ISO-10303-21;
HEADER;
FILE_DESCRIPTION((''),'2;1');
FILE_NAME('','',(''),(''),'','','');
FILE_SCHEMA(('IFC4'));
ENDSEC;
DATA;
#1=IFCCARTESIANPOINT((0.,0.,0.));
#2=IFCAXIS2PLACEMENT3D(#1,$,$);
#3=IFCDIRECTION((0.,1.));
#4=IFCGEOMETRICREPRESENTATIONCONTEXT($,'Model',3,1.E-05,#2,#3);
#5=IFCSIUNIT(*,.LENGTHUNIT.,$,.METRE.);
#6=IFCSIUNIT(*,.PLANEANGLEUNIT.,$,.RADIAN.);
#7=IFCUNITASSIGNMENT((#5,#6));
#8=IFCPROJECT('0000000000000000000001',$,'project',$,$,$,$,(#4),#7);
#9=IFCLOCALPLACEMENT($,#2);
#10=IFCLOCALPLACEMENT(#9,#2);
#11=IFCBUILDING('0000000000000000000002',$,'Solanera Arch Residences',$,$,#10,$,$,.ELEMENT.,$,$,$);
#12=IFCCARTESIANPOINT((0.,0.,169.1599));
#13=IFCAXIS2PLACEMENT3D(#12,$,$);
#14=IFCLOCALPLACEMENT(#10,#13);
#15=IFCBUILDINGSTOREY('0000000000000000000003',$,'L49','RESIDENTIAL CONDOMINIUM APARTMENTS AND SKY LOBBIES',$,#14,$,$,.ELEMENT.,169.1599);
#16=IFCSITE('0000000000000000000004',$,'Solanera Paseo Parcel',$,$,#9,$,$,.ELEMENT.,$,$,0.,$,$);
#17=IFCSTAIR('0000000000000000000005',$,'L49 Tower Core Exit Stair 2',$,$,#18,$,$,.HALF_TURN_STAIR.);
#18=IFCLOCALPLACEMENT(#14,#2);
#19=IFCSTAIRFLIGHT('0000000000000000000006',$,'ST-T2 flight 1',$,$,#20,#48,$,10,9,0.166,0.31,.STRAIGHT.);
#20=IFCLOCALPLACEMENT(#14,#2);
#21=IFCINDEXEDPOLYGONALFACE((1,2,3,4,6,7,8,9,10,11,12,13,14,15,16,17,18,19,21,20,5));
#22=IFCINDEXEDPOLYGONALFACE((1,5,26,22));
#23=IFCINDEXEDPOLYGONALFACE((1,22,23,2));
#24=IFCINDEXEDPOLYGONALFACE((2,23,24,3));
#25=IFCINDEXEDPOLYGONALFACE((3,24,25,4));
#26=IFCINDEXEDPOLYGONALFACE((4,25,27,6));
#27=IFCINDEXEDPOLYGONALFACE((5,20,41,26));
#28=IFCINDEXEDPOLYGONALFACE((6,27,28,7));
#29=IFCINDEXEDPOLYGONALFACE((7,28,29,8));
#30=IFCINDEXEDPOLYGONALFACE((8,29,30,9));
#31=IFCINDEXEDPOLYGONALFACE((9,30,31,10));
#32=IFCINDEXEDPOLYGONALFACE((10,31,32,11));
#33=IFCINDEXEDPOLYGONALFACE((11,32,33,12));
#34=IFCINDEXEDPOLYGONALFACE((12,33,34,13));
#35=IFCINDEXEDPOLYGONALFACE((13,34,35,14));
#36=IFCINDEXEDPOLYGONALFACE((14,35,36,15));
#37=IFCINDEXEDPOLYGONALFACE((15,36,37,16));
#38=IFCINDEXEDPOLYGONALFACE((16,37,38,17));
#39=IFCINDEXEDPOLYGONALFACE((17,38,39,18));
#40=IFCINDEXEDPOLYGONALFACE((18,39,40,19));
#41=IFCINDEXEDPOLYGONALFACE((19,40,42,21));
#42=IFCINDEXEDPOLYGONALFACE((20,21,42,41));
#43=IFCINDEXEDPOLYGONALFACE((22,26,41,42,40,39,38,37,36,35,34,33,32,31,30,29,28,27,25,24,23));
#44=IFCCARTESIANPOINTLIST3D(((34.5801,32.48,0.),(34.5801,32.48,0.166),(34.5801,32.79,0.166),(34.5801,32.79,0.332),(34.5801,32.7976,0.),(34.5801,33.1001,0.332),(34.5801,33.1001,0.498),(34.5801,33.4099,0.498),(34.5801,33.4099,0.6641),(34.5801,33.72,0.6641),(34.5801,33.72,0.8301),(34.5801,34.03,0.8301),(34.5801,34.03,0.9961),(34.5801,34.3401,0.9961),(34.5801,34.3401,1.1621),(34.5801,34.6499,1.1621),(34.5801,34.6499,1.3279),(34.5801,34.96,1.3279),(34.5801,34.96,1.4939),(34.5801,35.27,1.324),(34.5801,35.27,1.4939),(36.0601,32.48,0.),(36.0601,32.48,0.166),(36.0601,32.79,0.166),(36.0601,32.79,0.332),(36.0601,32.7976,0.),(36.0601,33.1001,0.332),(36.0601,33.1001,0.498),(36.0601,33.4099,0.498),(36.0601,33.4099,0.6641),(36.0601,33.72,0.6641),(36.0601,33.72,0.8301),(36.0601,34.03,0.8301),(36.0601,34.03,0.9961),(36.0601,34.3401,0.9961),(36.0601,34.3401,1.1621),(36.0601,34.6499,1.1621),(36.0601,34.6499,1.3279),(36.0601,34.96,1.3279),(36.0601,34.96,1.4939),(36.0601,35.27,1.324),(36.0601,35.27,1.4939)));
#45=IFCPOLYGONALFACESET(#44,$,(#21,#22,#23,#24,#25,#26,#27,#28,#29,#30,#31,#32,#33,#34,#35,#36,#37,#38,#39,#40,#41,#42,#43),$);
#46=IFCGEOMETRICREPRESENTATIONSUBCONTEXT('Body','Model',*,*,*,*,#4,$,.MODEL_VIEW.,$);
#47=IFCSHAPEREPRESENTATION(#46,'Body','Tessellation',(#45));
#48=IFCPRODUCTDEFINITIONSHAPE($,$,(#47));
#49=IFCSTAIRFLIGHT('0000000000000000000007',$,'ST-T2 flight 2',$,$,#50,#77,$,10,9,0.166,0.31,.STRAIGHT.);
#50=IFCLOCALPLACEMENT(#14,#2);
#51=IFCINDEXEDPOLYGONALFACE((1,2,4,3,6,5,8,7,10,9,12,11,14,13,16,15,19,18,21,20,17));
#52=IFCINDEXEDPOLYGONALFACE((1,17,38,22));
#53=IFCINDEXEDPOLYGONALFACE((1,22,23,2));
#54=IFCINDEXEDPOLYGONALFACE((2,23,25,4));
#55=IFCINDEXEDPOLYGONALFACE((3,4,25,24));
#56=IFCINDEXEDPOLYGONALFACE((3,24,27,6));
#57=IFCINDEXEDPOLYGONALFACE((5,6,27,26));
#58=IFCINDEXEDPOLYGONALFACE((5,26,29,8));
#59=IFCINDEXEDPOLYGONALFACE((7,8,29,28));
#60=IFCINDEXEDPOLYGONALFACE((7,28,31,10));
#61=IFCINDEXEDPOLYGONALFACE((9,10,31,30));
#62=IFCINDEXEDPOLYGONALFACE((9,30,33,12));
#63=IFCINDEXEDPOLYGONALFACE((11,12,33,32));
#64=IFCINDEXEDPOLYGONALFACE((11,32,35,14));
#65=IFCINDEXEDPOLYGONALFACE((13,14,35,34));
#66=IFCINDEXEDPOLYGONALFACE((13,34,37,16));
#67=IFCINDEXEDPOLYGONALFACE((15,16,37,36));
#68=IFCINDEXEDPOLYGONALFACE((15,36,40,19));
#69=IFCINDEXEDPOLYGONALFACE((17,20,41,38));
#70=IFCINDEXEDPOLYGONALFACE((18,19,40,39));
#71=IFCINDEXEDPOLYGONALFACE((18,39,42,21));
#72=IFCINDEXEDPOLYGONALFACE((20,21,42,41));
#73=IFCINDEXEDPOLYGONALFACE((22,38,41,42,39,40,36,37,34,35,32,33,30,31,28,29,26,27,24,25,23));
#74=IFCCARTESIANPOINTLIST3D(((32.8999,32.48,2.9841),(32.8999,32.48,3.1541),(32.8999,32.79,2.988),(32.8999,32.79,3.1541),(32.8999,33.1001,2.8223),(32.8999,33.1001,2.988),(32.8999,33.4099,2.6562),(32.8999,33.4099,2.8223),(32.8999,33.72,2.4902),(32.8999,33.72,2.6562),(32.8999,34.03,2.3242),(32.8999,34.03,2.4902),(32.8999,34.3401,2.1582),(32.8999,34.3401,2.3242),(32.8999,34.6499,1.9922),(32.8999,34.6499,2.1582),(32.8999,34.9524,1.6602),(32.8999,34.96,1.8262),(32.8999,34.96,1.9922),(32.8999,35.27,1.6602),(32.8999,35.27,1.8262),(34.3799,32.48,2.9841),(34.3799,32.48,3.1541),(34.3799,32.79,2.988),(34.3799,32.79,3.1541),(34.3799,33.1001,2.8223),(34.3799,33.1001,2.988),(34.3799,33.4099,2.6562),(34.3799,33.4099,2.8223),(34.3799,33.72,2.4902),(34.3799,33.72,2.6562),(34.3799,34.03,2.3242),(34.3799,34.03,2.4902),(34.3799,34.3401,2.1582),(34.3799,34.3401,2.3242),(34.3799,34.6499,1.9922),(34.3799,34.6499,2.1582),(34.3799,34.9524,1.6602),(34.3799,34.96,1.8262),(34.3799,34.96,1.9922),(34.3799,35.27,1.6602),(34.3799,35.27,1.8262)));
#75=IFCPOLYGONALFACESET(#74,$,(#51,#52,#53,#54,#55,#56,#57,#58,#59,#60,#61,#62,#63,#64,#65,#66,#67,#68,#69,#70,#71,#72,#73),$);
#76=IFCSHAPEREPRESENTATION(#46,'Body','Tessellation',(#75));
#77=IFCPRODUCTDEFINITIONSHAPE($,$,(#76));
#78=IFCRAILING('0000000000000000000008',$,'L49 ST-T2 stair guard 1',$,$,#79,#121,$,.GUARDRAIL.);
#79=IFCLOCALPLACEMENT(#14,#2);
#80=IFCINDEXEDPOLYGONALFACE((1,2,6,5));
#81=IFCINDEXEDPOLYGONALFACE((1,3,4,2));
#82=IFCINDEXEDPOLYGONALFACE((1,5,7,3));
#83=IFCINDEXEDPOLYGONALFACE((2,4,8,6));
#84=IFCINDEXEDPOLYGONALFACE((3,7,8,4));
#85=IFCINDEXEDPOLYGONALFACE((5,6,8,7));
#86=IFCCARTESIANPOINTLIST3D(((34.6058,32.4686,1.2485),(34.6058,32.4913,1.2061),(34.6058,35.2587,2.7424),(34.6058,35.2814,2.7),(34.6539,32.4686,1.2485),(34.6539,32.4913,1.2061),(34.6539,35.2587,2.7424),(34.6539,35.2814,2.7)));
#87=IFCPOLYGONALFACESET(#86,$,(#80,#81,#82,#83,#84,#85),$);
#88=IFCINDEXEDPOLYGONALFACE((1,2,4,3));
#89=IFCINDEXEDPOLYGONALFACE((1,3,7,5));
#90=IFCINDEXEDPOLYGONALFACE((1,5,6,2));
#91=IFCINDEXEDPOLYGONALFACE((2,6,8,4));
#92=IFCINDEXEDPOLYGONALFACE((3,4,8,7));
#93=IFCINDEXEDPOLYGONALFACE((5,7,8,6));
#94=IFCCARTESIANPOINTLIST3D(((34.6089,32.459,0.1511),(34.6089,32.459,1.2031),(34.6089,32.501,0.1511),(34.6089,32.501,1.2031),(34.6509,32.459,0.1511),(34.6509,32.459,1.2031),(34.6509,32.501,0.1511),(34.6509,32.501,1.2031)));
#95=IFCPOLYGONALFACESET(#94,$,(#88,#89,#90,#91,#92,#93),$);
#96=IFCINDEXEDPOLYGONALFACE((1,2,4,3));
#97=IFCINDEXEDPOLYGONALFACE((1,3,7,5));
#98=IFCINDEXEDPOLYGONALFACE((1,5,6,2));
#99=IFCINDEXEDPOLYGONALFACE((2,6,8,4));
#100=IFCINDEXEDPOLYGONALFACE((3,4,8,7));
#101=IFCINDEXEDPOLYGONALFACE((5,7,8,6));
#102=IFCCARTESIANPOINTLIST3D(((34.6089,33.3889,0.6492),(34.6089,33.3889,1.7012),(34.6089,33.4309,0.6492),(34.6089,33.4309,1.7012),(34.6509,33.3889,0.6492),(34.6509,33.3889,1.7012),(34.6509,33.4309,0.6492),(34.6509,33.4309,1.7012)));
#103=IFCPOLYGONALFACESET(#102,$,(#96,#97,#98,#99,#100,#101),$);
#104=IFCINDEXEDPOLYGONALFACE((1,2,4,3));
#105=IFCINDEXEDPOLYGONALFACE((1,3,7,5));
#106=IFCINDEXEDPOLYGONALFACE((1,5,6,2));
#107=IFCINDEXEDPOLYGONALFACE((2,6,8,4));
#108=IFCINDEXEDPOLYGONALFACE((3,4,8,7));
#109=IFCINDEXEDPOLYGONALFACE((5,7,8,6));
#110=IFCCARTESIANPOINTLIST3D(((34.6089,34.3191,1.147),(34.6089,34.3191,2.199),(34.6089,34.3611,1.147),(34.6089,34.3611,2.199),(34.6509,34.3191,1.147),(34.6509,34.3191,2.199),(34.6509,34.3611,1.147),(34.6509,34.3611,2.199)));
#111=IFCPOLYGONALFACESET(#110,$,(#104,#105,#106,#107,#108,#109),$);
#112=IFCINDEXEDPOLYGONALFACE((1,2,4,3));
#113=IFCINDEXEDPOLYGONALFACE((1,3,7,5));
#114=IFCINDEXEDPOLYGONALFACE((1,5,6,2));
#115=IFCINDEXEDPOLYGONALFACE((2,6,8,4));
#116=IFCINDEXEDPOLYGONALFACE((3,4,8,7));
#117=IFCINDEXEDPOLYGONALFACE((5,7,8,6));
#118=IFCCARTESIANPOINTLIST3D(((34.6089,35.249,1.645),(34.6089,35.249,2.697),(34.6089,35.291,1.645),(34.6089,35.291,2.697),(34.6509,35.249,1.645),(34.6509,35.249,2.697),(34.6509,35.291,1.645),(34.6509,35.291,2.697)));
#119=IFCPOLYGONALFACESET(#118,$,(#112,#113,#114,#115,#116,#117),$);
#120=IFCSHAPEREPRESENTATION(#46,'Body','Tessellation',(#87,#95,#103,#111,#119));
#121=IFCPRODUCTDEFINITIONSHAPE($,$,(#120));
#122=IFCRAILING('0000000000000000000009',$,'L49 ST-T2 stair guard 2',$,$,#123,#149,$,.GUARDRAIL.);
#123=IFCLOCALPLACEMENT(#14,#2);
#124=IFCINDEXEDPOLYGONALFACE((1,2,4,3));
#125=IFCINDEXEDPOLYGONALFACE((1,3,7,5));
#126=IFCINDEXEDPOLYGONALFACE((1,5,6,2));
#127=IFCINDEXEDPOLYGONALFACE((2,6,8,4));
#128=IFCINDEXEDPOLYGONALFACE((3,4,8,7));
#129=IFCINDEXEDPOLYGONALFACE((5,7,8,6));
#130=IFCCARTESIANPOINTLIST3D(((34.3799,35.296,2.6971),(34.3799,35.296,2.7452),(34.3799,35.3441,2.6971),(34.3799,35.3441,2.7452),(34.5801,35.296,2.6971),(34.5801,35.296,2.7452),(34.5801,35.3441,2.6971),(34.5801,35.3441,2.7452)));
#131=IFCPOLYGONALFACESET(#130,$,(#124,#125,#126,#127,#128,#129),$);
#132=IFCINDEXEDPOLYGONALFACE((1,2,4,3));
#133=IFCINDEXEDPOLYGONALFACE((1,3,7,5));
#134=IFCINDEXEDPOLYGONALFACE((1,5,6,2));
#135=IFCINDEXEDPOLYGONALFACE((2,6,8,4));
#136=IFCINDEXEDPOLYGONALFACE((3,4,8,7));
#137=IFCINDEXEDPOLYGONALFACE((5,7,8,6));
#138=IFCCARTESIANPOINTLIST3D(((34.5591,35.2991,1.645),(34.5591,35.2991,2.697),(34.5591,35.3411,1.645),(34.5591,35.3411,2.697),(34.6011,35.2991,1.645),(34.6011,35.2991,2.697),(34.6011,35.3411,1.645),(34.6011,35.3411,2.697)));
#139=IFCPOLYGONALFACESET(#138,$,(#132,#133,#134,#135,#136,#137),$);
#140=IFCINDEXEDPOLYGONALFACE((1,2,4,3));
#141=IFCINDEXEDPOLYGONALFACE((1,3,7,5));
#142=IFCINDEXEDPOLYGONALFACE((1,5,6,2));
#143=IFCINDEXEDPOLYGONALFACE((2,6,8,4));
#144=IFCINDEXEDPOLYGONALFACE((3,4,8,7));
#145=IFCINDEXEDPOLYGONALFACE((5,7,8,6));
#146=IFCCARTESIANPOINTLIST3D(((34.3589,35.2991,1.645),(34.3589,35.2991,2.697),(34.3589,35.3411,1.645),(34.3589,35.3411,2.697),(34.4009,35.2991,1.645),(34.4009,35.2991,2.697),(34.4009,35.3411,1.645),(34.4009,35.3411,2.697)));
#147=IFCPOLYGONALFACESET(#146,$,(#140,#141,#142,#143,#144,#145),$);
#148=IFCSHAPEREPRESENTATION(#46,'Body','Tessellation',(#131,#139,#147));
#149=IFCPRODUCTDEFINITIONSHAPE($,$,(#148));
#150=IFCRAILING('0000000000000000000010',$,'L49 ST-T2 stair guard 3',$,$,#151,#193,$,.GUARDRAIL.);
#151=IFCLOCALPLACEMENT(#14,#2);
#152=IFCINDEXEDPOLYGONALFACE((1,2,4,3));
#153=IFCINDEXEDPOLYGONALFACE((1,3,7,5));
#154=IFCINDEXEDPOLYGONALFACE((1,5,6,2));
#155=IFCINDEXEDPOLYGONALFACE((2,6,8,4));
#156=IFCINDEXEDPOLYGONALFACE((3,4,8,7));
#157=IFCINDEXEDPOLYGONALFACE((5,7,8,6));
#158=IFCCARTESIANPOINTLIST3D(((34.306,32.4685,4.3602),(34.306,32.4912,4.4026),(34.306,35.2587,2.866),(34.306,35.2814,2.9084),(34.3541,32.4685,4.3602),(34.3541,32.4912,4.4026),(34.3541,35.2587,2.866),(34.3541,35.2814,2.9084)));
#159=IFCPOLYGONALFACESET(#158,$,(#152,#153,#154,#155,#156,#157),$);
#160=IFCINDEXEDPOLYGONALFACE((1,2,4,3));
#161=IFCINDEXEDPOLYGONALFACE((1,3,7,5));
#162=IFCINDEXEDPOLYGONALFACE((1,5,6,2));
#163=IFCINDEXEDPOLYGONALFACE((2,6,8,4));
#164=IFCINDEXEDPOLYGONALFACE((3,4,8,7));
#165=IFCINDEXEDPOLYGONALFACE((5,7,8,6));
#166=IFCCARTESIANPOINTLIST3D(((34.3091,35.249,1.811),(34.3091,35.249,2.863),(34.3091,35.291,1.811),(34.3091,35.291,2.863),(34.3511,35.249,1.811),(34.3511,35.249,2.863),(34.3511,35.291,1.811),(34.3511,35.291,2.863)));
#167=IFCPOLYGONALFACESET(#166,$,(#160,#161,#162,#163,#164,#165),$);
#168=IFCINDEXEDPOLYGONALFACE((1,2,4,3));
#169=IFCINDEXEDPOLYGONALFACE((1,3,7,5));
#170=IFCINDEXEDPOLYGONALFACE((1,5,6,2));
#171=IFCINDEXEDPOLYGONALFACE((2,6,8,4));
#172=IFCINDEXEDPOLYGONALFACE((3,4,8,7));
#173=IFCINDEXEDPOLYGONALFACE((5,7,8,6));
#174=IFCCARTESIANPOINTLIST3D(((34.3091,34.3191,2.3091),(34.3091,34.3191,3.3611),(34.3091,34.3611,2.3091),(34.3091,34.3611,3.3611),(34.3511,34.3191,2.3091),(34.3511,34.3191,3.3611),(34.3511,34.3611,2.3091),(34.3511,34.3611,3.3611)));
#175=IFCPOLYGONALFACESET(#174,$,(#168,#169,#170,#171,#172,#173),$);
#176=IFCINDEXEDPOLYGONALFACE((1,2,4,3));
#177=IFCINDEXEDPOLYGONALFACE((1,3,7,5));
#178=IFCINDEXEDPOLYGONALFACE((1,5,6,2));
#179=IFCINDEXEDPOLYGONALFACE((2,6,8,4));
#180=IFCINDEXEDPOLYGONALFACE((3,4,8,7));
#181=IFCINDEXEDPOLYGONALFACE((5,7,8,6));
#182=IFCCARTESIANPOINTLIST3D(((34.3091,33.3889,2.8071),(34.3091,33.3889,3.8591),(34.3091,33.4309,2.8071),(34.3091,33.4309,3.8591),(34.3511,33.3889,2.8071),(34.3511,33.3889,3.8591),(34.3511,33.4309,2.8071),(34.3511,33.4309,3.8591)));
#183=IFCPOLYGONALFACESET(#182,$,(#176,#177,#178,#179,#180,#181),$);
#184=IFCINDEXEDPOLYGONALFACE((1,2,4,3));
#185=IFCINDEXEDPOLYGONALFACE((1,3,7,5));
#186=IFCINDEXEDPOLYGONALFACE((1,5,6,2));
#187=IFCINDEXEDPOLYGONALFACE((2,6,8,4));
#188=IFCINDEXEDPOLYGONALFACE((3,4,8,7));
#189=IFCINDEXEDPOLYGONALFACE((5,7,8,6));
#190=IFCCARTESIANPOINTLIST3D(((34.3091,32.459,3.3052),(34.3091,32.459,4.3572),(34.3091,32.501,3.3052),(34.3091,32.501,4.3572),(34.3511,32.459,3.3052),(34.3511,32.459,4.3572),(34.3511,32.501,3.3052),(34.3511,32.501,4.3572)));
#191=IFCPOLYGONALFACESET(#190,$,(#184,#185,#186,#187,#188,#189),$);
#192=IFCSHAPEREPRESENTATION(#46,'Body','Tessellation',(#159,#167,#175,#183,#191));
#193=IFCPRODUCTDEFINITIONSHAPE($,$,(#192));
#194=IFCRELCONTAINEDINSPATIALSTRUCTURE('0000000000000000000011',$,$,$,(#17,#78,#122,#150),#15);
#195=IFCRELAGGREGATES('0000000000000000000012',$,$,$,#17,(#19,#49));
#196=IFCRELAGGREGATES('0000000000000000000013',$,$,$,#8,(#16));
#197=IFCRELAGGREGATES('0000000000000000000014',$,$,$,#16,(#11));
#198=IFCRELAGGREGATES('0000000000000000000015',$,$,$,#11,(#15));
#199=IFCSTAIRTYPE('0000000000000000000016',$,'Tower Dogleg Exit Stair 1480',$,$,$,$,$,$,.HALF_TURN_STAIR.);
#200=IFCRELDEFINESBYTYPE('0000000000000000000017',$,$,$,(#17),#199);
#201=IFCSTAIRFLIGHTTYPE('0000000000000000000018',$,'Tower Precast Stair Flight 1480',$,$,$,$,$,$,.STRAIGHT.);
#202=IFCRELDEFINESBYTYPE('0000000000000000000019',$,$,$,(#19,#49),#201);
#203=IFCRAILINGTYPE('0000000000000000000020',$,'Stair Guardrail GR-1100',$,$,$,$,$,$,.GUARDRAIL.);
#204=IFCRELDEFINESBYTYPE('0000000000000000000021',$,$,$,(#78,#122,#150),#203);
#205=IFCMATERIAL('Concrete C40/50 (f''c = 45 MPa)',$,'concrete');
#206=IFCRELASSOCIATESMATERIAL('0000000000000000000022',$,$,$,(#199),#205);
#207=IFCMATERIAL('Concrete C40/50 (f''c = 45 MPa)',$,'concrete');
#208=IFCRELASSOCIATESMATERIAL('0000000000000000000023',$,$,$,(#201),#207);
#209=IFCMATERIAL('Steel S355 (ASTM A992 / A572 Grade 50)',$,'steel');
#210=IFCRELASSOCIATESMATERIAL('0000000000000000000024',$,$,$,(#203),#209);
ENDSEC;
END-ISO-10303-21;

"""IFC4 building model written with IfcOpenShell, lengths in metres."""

from ifc_helpers import new_model, si_unit, direction, frame, origin, origin_2d, place, context, subcontext, project, spatial, polyline, rectangle, outline, extrude, material, type_object, element, aggregate, save


model = new_model("IFC4")

# Units and contexts
model_context = context("Model", 3, precision=1e-05, world=origin(), true_north=direction((0.0, 1.0)))
body_context = subcontext(model_context, "Body", "Model", "MODEL_VIEW")
ifc_project = project(units=[si_unit("LENGTHUNIT", "METRE"), si_unit("PLANEANGLEUNIT", "RADIAN")], contexts=[model_context])

# Site, building, storey
site_placement = place(None, origin())
site = spatial("IfcSite", under=ifc_project, at=site_placement, Name="Solanera Paseo Parcel", CompositionType="ELEMENT", RefElevation=0.0)
building_placement = place(site_placement, origin())
building = spatial("IfcBuilding", under=site, at=building_placement, Name="Solanera Arch Residences", CompositionType="ELEMENT")
storey_placement = place(building_placement, frame((0.0, 0.0, 169.1599)))
storey = spatial("IfcBuildingStorey", under=building, at=storey_placement, Name="L49", Description="RESIDENTIAL CONDOMINIUM APARTMENTS AND SKY LOBBIES", CompositionType="ELEMENT", Elevation=169.1599)

# Stair, stair flights
ifc_material_1 = material(Name="Concrete C40/50 (f'c = 45 MPa)", Category="concrete")
stair_type = type_object("IfcStairType", Name="Tower Dogleg Exit Stair 1480", PredefinedType="HALF_TURN_STAIR", material=ifc_material_1)
stair_placement = place(storey_placement, origin())
stair = element("IfcStair", 1, at=stair_placement, inside=storey, type_object=stair_type, Name="L49 Tower Core Exit Stair 2", PredefinedType="HALF_TURN_STAIR")
ifc_material_2 = material(Name="Concrete C40/50 (f'c = 45 MPa)", Category="concrete")
stair_flight_type = type_object("IfcStairFlightType", Name="Tower Precast Stair Flight 1480", PredefinedType="STRAIGHT", material=ifc_material_2)
stair_flight_1_placement = place(storey_placement, frame((35.3201, 32.48, 0.0), z_axis=(0.0, 0.0, 1.0), x_axis=(0.0, 1.0, 0.0)))
stair_flight_1 = element("IfcStairFlight", 2, at=stair_flight_1_placement, type_object=stair_flight_type, Name="ST-T2 flight 1", NumberOfRisers=10, NumberOfTreads=9, PredefinedType="STRAIGHT", RiserHeight=0.166, TreadLength=0.31, context=body_context, shape_type="SweptSolid", body=[
    extrude(outline(polyline([(0.0, 0.0), (0.0, 0.166), (0.3101, 0.166), (0.3101, 0.332), (0.6201, 0.332), (0.6201, 0.498), (0.9299, 0.498), (0.9299, 0.6641), (1.24, 0.6641), (1.24, 0.8301), (1.55, 0.8301), (1.55, 0.9961), (1.8601, 0.9961), (1.8601, 1.1621), (2.1699, 1.1621), (2.1699, 1.3279), (2.48, 1.3279), (2.48, 1.4939), (2.79, 1.4939), (2.79, 1.6599), (2.79, 1.324), (0.3176, 0.0), (0.0, 0.0)])), frame((0.0, 0.74, 0.0), z_axis=(0.0, -1.0, 0.0), x_axis=(1.0, 0.0, 0.0)), (0.0, 0.0, 1.0), 1.48),
])
stair_flight_2_placement = place(storey_placement, frame((33.6399, 35.27, 1.6602), z_axis=(0.0, 0.0, 1.0), x_axis=(0.0, -1.0, 0.0)))
stair_flight_2 = element("IfcStairFlight", 3, at=stair_flight_2_placement, type_object=stair_flight_type, Name="ST-T2 flight 2", NumberOfRisers=10, NumberOfTreads=9, PredefinedType="STRAIGHT", RiserHeight=0.166, TreadLength=0.31, context=body_context, shape_type="SweptSolid", body=[
    extrude(outline(polyline([(0.0, 0.0), (0.0, 0.166), (0.3101, 0.166), (0.3101, 0.332), (0.6201, 0.332), (0.6201, 0.498), (0.9299, 0.498), (0.9299, 0.6641), (1.24, 0.6641), (1.24, 0.8301), (1.55, 0.8301), (1.55, 0.9961), (1.8601, 0.9961), (1.8601, 1.1621), (2.1699, 1.1621), (2.1699, 1.3279), (2.48, 1.3279), (2.48, 1.4939), (2.79, 1.4939), (2.79, 1.6599), (2.79, 1.324), (0.3176, 0.0), (0.0, 0.0)])), frame((0.0, 0.74, 0.0), z_axis=(0.0, -1.0, 0.0), x_axis=(1.0, 0.0, 0.0)), (0.0, 0.0, 1.0), 1.48),
])
aggregate(stair, [stair_flight_1, stair_flight_2])

# Railings
ifc_material_3 = material(Name="Steel S355 (ASTM A992 / A572 Grade 50)", Category="steel")
railing_type_1 = type_object("IfcRailingType", Name="Stair Guardrail GR-1100", PredefinedType="GUARDRAIL", material=ifc_material_3)
railing_1_placement = place(storey_placement, frame((34.6299, 32.48, 0.1511)))
element("IfcRailing", 4, at=railing_1_placement, inside=storey, type_object=railing_type_1, Name="L49 ST-T2 stair guard 1", PredefinedType="GUARDRAIL", context=body_context, shape_type="SweptSolid", body=[
    extrude(rectangle(XDim=0.0481, YDim=0.0481, at=origin_2d()), frame((0.0, 0.0, 1.0762), z_axis=(0.0, 0.881581, 0.472033), x_axis=(-1.0, 0.0, 0.0)), (0.0, 0.0, 1.0), 3.1648),
    extrude(rectangle(XDim=0.042, YDim=0.042, at=origin_2d()), origin(), (0.0, 0.0, 1.0), 1.052),
    extrude(rectangle(XDim=0.042, YDim=0.042, at=origin_2d()), frame((0.0, 0.9299, 0.498)), (0.0, 0.0, 1.0), 1.052),
    extrude(rectangle(XDim=0.042, YDim=0.042, at=origin_2d()), frame((0.0, 1.8601, 0.9958)), (0.0, 0.0, 1.0), 1.052),
    extrude(rectangle(XDim=0.042, YDim=0.042, at=origin_2d()), frame((0.0, 2.79, 1.4939)), (0.0, 0.0, 1.0), 1.052),
])
railing_2_placement = place(storey_placement, frame((34.5801, 35.3201, 1.645)))
element("IfcRailing", 5, at=railing_2_placement, inside=storey, type_object=railing_type_1, Name="L49 ST-T2 stair guard 2", PredefinedType="GUARDRAIL", context=body_context, shape_type="SweptSolid", body=[
    extrude(rectangle(XDim=0.0481, YDim=0.0481, at=origin_2d()), frame((0.0, 0.0, 1.0762), z_axis=(-1.0, 0.0, 0.0), x_axis=(0.0, -1.0, 0.0)), (0.0, 0.0, 1.0), 0.2002),
    extrude(rectangle(XDim=0.042, YDim=0.042, at=origin_2d()), origin(), (0.0, 0.0, 1.0), 1.052),
    extrude(rectangle(XDim=0.042, YDim=0.042, at=origin_2d()), frame((-0.2002, 0.0, 0.0)), (0.0, 0.0, 1.0), 1.052),
])
railing_3_placement = place(storey_placement, frame((34.3301, 35.27, 1.811)))
element("IfcRailing", 6, at=railing_3_placement, inside=storey, type_object=railing_type_1, Name="L49 ST-T2 stair guard 3", PredefinedType="GUARDRAIL", context=body_context, shape_type="SweptSolid", body=[
    extrude(rectangle(XDim=0.0481, YDim=0.0481, at=origin_2d()), frame((0.0, 0.0, 1.0762), z_axis=(0.0, -0.881549, 0.472093), x_axis=(1.0, 0.0, 0.0)), (0.0, 0.0, 1.0), 3.165),
    extrude(rectangle(XDim=0.042, YDim=0.042, at=origin_2d()), origin(), (0.0, 0.0, 1.0), 1.052),
    extrude(rectangle(XDim=0.042, YDim=0.042, at=origin_2d()), frame((0.0, -0.9299, 0.498)), (0.0, 0.0, 1.0), 1.052),
    extrude(rectangle(XDim=0.042, YDim=0.042, at=origin_2d()), frame((0.0, -1.8601, 0.9961)), (0.0, 0.0, 1.0), 1.052),
    extrude(rectangle(XDim=0.042, YDim=0.042, at=origin_2d()), frame((0.0, -2.79, 1.4941)), (0.0, 0.0, 1.0), 1.052),
])

save(model, "model.ifc")
